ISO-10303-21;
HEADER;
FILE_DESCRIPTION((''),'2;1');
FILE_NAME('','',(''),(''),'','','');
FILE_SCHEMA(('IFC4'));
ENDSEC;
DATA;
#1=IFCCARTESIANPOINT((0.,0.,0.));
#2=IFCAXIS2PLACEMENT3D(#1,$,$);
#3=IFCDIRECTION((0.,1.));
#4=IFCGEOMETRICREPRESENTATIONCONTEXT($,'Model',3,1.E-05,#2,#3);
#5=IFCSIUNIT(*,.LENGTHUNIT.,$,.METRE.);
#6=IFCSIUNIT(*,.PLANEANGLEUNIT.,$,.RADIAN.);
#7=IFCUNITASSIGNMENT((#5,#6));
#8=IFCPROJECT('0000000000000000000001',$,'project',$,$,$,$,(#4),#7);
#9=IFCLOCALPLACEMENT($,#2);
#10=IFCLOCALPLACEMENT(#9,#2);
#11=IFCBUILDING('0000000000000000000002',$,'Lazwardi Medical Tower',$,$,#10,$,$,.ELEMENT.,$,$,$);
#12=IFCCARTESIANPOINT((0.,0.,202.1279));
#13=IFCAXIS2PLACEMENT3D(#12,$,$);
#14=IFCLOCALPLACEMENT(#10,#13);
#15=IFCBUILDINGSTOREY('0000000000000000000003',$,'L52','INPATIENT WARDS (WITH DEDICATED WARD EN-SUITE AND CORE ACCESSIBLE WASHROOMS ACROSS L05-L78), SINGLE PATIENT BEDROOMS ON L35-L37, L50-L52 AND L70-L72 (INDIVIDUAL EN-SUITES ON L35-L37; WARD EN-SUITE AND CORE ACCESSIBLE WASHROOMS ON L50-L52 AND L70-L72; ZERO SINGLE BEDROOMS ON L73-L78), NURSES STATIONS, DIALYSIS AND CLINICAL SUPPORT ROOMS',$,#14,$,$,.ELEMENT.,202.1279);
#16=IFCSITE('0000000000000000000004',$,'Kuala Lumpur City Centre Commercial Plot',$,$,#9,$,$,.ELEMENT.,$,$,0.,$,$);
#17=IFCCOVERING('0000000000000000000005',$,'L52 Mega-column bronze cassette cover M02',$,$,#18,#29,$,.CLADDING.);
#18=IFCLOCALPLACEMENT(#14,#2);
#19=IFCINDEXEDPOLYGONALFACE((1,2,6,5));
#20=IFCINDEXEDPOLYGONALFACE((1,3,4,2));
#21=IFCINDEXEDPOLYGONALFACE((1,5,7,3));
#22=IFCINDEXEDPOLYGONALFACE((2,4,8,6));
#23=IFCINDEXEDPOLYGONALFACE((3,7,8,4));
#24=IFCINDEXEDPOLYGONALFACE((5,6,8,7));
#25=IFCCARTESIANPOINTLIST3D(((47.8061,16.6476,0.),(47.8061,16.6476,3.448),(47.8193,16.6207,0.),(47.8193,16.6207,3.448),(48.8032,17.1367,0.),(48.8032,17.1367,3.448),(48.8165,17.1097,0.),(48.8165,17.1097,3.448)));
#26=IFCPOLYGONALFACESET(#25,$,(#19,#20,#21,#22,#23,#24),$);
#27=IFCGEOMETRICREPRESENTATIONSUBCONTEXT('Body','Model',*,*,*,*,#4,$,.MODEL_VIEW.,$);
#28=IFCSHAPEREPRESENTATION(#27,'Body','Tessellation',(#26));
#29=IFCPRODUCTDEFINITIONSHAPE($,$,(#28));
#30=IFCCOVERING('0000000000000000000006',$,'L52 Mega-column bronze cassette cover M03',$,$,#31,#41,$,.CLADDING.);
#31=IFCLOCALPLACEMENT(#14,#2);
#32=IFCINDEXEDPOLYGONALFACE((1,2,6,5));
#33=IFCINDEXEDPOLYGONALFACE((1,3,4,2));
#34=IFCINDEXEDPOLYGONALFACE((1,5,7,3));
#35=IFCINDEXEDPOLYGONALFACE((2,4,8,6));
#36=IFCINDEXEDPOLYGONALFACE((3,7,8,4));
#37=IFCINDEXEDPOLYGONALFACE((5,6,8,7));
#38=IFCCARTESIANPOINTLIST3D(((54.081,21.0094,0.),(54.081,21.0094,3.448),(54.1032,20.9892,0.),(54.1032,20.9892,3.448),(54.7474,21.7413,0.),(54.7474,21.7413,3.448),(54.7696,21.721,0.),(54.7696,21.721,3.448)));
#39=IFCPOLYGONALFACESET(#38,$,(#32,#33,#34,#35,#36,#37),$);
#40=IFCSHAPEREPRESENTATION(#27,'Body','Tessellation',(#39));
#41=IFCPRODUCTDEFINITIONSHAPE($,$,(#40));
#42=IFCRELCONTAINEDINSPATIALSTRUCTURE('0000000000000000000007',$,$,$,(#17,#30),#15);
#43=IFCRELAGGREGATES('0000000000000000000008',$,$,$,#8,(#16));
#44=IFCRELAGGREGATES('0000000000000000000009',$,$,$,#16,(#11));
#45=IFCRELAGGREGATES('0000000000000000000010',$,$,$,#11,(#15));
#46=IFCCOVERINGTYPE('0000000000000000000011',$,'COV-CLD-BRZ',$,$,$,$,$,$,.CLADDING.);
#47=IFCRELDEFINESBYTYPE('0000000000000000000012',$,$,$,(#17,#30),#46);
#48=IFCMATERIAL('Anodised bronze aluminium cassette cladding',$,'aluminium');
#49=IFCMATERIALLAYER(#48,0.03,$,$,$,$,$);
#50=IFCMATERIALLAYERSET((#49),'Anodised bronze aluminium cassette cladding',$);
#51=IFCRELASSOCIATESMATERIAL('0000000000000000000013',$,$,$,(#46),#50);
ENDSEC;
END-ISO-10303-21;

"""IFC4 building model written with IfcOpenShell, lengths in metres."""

from ifc_helpers import new_model, si_unit, direction, frame, origin, origin_2d, place, context, subcontext, project, spatial, rectangle, extrude, material, layer, layer_set, type_object, element, save


model = new_model("IFC4")

# Units and contexts
model_context = context("Model", 3, precision=1e-05, world=origin(), true_north=direction((0.0, 1.0)))
body_context = subcontext(model_context, "Body", "Model", "MODEL_VIEW")
ifc_project = project(units=[si_unit("LENGTHUNIT", "METRE"), si_unit("PLANEANGLEUNIT", "RADIAN")], contexts=[model_context])

# Site, building, storey
site_placement = place(None, origin())
site = spatial("IfcSite", under=ifc_project, at=site_placement, Name="Kuala Lumpur City Centre Commercial Plot", CompositionType="ELEMENT", RefElevation=0.0)
building_placement = place(site_placement, origin())
building = spatial("IfcBuilding", under=site, at=building_placement, Name="Lazwardi Medical Tower", CompositionType="ELEMENT")
storey_placement = place(building_placement, frame((0.0, 0.0, 202.1279)))
storey = spatial("IfcBuildingStorey", under=building, at=storey_placement, Name="L52", Description="INPATIENT WARDS (WITH DEDICATED WARD EN-SUITE AND CORE ACCESSIBLE WASHROOMS ACROSS L05-L78), SINGLE PATIENT BEDROOMS ON L35-L37, L50-L52 AND L70-L72 (INDIVIDUAL EN-SUITES ON L35-L37; WARD EN-SUITE AND CORE ACCESSIBLE WASHROOMS ON L50-L52 AND L70-L72; ZERO SINGLE BEDROOMS ON L73-L78), NURSES STATIONS, DIALYSIS AND CLINICAL SUPPORT ROOMS", CompositionType="ELEMENT", Elevation=202.1279)

# Coverings
ifc_material_1 = material(Name="Anodised bronze aluminium cassette cladding", Category="aluminium")
ifc_layer_1 = layer(ifc_material_1, 0.03)
ifc_layer_set_1 = layer_set([ifc_layer_1], Name="Anodised bronze aluminium cassette cladding")
covering_type = type_object("IfcCoveringType", Name="COV-CLD-BRZ", PredefinedType="CLADDING", material=ifc_layer_set_1)
covering_1_placement = place(storey_placement, frame((48.3113, 16.8787, 0.0), z_axis=(0.0, 0.0, 1.0), x_axis=(0.89784, 0.440322, 0.0)))
element("IfcCovering", 1, at=covering_1_placement, inside=storey, type_object=covering_type, Name="L52 Mega-column bronze cassette cover M02", PredefinedType="CLADDING", context=body_context, shape_type="SweptSolid", body=[
    extrude(rectangle(XDim=1.1106, YDim=0.03, at=origin_2d()), origin(), (0.0, 0.0, 1.0), 3.448),
])
covering_2_placement = place(storey_placement, frame((54.4253, 21.3652, 0.0), z_axis=(0.0, 0.0, 1.0), x_axis=(0.673241, 0.739423, 0.0)))
element("IfcCovering", 2, at=covering_2_placement, inside=storey, type_object=covering_type, Name="L52 Mega-column bronze cassette cover M03", PredefinedType="CLADDING", context=body_context, shape_type="SweptSolid", body=[
    extrude(rectangle(XDim=0.9897, YDim=0.03, at=origin_2d()), origin(), (0.0, 0.0, 1.0), 3.448),
])

save(model, "model.ifc")
